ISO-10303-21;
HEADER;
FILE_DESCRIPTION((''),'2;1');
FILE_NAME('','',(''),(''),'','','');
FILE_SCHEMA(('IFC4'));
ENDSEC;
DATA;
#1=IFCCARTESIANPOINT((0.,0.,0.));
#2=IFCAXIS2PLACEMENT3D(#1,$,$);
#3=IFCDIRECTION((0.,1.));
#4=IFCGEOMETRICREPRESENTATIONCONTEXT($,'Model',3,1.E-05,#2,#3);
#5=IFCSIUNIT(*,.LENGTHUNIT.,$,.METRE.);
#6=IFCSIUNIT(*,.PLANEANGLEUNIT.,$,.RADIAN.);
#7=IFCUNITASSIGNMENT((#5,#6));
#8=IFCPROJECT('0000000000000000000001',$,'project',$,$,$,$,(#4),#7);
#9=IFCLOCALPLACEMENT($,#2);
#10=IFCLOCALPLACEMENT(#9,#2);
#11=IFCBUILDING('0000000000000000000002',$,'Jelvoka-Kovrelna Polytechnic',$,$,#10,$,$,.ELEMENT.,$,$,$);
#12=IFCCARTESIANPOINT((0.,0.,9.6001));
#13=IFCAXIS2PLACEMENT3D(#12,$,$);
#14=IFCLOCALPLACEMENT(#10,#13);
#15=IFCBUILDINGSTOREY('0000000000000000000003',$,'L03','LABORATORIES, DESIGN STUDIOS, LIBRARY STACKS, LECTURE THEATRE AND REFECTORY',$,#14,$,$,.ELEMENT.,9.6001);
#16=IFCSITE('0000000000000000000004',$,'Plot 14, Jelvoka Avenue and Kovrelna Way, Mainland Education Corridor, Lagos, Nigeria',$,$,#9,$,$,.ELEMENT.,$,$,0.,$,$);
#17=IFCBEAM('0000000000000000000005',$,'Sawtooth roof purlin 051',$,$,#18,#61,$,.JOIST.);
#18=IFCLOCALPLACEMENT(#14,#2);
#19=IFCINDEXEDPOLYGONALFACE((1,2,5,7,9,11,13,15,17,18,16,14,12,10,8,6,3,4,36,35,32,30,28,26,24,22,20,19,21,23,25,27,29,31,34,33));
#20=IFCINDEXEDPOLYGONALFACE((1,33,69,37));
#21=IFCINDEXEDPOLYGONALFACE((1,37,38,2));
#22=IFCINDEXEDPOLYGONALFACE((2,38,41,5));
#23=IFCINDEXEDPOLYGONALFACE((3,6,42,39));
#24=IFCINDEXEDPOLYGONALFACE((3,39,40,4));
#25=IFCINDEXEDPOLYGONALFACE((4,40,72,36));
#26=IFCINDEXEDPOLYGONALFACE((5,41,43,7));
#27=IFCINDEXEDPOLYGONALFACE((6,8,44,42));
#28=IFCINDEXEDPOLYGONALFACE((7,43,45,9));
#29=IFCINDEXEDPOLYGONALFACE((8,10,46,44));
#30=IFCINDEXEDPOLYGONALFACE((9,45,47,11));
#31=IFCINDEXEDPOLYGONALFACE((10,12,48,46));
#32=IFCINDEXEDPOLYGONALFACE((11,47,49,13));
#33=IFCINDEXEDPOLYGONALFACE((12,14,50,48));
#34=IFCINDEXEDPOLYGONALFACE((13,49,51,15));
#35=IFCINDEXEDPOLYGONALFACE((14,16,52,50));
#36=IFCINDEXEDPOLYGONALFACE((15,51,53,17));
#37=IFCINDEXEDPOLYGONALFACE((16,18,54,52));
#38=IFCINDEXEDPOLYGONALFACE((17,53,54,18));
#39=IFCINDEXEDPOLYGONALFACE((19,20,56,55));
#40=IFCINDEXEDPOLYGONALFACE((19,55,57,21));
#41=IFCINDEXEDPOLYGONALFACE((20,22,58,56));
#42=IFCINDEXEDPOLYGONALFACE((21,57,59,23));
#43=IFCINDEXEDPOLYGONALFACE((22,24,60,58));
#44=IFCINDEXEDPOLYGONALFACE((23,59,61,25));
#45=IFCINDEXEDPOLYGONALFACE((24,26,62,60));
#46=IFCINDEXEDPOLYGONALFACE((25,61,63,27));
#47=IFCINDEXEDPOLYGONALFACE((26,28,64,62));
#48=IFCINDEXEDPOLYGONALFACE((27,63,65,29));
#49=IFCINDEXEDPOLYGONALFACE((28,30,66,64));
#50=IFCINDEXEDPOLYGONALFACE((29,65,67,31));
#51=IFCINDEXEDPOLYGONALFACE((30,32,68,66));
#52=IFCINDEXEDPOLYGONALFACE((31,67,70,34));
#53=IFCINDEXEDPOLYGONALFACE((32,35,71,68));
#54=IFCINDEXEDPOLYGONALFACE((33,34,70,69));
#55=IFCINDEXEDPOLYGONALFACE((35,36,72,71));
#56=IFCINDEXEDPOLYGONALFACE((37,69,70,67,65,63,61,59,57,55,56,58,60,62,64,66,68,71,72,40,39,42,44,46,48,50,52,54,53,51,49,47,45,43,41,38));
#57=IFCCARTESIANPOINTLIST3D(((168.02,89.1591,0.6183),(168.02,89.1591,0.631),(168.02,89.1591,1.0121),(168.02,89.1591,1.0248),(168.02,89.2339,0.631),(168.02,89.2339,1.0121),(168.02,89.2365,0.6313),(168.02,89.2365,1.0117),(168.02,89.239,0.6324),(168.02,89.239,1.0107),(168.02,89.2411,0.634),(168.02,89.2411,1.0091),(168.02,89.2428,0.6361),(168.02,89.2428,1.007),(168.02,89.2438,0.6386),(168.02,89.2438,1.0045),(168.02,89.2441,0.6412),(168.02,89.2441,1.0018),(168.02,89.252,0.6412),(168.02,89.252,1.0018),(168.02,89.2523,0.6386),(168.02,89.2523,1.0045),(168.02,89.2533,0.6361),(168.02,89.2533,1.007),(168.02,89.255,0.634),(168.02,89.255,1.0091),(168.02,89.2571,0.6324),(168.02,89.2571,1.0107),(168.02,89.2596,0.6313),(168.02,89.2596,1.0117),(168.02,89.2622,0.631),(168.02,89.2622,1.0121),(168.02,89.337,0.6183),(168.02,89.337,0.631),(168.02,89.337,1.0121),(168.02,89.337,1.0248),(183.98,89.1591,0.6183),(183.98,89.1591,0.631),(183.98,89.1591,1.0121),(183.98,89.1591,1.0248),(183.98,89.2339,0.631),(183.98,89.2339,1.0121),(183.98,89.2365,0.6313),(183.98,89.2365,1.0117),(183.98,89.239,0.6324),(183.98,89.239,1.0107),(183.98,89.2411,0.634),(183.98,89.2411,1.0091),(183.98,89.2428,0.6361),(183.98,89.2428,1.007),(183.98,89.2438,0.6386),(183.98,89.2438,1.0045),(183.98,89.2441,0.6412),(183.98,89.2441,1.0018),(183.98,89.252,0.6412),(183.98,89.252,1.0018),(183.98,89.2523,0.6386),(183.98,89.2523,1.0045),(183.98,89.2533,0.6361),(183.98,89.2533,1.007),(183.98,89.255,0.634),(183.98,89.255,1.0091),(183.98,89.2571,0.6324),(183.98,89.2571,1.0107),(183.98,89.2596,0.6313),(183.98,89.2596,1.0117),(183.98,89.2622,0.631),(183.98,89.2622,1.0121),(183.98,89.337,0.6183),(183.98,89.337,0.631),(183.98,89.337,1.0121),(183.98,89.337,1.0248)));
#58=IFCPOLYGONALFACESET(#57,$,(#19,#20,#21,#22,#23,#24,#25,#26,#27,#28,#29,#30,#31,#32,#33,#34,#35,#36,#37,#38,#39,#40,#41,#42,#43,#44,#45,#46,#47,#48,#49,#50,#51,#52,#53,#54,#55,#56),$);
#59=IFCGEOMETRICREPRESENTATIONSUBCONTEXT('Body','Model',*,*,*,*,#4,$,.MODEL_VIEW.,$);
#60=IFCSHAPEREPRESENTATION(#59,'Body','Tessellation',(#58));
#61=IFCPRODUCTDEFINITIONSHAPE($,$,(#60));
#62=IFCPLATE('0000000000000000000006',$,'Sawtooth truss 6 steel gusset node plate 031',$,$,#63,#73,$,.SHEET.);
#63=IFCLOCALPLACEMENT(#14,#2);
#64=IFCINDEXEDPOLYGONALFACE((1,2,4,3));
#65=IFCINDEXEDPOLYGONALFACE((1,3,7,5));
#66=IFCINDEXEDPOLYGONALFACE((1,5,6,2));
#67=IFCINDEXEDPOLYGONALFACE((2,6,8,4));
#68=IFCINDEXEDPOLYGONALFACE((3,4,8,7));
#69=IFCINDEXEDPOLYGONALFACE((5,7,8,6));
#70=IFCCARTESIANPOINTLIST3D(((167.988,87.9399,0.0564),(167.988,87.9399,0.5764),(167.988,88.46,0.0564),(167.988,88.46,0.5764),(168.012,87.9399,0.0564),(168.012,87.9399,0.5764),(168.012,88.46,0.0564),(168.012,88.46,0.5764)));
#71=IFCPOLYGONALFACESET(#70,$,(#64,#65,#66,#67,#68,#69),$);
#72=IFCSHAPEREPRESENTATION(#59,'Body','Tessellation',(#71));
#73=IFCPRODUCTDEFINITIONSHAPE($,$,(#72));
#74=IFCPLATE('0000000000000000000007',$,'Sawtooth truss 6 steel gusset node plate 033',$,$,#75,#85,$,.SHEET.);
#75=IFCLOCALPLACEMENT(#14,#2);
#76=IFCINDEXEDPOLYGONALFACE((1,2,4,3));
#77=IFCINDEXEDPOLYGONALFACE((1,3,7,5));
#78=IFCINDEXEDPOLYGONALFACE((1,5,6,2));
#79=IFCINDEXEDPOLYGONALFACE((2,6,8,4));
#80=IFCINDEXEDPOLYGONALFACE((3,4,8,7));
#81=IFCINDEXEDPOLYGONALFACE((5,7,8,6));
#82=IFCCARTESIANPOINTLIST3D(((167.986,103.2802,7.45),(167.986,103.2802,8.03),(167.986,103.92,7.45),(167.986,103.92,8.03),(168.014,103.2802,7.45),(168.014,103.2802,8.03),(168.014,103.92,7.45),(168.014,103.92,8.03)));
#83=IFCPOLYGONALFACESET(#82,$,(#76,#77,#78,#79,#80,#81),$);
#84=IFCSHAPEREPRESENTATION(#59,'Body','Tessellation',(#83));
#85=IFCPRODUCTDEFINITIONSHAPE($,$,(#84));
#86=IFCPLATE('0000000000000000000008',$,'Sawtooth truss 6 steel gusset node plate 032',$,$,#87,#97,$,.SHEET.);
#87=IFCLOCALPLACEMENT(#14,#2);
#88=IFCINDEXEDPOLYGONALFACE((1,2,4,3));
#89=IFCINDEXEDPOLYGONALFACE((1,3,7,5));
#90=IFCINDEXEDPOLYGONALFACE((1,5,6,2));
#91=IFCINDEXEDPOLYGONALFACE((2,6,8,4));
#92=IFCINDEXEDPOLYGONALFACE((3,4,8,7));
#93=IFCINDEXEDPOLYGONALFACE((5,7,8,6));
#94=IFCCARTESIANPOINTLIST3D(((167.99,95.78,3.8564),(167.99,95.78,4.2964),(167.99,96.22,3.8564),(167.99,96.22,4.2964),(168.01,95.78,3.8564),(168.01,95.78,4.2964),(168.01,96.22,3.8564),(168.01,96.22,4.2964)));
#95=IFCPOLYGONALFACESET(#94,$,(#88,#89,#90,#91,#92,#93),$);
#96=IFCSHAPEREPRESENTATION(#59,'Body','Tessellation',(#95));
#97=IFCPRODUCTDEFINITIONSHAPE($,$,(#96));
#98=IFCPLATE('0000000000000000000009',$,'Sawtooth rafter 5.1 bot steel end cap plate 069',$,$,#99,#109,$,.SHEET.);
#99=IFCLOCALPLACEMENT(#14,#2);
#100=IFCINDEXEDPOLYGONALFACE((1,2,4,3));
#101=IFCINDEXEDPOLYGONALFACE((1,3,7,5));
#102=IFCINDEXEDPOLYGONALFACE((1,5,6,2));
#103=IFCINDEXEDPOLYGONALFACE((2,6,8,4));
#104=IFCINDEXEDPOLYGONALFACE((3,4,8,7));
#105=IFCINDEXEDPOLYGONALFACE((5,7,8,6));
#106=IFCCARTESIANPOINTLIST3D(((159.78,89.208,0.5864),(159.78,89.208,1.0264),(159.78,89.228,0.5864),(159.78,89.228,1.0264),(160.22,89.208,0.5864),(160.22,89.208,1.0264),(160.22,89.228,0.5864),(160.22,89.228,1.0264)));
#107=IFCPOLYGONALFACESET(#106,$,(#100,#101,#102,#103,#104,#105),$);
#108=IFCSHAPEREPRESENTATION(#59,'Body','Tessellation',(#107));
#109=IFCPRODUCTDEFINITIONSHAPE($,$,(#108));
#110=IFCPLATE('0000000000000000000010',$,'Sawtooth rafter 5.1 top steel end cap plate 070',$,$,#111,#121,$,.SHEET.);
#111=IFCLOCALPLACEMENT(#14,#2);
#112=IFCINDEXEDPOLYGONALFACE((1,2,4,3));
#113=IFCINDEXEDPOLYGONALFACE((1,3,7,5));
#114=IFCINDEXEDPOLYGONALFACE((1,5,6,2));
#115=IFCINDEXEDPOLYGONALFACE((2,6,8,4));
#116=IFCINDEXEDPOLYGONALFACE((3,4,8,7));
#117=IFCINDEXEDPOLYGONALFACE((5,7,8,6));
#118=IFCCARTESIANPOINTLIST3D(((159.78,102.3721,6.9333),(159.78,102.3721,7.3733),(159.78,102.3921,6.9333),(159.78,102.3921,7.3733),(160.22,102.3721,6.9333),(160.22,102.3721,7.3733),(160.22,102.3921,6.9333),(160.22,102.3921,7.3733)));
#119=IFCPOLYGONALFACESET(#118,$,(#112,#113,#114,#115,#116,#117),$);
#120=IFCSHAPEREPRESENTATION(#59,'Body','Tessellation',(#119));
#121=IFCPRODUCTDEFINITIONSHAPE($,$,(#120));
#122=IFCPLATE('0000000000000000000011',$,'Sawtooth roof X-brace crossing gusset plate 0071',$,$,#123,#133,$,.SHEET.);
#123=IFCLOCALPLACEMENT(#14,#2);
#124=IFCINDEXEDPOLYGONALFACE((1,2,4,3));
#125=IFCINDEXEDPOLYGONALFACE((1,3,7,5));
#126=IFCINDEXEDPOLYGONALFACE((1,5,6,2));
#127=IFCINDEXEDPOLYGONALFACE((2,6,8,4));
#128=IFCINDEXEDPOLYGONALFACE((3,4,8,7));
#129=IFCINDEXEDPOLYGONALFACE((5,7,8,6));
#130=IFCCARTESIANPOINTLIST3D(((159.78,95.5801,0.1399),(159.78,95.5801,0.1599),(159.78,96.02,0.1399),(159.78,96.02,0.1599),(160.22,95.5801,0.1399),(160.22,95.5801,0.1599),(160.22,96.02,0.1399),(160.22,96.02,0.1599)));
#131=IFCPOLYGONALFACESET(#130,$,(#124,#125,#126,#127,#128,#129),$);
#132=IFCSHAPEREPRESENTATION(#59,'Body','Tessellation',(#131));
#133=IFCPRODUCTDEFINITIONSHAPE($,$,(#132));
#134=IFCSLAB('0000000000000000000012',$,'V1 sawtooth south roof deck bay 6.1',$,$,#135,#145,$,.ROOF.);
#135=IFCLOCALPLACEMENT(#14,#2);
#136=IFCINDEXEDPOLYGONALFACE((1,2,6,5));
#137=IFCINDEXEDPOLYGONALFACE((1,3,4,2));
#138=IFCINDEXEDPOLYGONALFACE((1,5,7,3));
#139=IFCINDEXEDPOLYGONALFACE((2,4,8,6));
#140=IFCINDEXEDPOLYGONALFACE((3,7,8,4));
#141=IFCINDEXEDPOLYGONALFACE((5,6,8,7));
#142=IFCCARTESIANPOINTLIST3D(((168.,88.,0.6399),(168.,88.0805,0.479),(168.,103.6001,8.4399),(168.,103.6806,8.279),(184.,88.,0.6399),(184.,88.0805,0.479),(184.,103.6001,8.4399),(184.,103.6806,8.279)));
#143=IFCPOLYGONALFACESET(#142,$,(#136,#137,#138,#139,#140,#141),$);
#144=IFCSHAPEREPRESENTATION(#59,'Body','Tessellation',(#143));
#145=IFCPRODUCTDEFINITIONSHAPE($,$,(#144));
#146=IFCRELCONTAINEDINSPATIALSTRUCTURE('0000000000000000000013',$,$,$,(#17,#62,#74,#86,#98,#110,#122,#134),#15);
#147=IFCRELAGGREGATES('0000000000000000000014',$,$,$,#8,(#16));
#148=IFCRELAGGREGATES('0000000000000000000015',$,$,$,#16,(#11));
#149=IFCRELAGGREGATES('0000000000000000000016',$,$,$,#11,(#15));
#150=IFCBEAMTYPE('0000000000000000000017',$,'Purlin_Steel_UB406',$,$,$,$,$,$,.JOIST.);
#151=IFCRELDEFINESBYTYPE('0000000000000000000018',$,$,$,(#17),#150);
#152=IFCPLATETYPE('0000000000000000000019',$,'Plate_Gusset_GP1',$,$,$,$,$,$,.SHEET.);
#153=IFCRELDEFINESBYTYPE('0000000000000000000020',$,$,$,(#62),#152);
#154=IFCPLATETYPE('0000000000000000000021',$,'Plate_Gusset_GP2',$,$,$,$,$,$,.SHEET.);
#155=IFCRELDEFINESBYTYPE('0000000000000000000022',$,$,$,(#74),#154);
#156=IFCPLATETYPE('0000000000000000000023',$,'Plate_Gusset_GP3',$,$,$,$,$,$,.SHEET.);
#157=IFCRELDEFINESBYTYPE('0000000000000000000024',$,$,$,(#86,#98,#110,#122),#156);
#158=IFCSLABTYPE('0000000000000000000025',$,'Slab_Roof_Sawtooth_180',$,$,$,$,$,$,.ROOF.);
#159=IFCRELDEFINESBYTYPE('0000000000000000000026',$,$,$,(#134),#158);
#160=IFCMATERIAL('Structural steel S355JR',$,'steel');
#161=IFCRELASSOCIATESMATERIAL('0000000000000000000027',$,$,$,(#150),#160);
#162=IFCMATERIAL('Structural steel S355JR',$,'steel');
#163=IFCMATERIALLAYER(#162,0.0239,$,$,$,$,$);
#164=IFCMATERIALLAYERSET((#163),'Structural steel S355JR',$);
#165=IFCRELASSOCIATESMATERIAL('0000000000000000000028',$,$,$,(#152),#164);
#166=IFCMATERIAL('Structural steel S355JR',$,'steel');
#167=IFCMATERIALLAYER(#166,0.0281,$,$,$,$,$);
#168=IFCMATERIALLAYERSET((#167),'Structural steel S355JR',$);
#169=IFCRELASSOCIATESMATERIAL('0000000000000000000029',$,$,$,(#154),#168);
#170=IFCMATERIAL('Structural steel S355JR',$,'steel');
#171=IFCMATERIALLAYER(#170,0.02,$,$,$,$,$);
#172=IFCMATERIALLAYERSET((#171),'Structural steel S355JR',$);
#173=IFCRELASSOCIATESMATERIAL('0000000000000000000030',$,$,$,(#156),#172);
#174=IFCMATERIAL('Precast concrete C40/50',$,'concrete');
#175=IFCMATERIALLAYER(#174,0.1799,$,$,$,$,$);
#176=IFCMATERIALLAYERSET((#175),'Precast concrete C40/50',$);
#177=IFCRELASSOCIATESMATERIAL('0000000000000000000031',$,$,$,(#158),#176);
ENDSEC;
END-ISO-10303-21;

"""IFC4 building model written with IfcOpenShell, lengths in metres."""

from ifc_helpers import new_model, si_unit, direction, frame, origin, origin_2d, place, context, subcontext, project, spatial, polyline, rectangle, i_section, outline, extrude, material, layer, layer_set, material_profile, profile_set, type_object, element, save


model = new_model("IFC4")

# Units and contexts
model_context = context("Model", 3, precision=1e-05, world=origin(), true_north=direction((0.0, 1.0)))
body_context = subcontext(model_context, "Body", "Model", "MODEL_VIEW")
ifc_project = project(units=[si_unit("LENGTHUNIT", "METRE"), si_unit("PLANEANGLEUNIT", "RADIAN")], contexts=[model_context])

# Site, building, storey
site_placement = place(None, origin())
site = spatial("IfcSite", under=ifc_project, at=site_placement, Name="Plot 14, Jelvoka Avenue and Kovrelna Way, Mainland Education Corridor, Lagos, Nigeria", CompositionType="ELEMENT", RefElevation=0.0)
building_placement = place(site_placement, origin())
building = spatial("IfcBuilding", under=site, at=building_placement, Name="Jelvoka-Kovrelna Polytechnic", CompositionType="ELEMENT")
storey_placement = place(building_placement, frame((0.0, 0.0, 9.6001)))
storey = spatial("IfcBuildingStorey", under=building, at=storey_placement, Name="L03", Description="LABORATORIES, DESIGN STUDIOS, LIBRARY STACKS, LECTURE THEATRE AND REFECTORY", CompositionType="ELEMENT", Elevation=9.6001)

# Beam
ifc_material_1 = material(Name="Structural steel S355JR", Category="steel")
ifc_material_profile_1 = material_profile(ifc_material_1, i_section(OverallWidth=0.178, OverallDepth=0.4065, WebThickness=0.0078, FlangeThickness=0.0127, FilletRadius=0.0103, at=origin_2d()), Name="406x178x60 UB")
ifc_profile_set_1 = profile_set([ifc_material_profile_1], Name="Structural steel S355JR")
beam_type_1 = type_object("IfcBeamType", Name="Purlin_Steel_UB406", PredefinedType="JOIST", material=ifc_profile_set_1)
beam_1_placement = place(storey_placement, frame((168.02, 89.248, 0.8215), z_axis=(1.0, 0.0, 0.0), x_axis=(0.0, 1.0, 0.0)))
element("IfcBeam", 1, at=beam_1_placement, inside=storey, type_object=beam_type_1, Name="Sawtooth roof purlin 051", PredefinedType="JOIST", context=body_context, shape_type="SweptSolid", body=[
    extrude(i_section(OverallWidth=0.178, OverallDepth=0.4065, WebThickness=0.0078, FlangeThickness=0.0127, FilletRadius=0.0103, at=origin_2d()), origin(), (0.0, 0.0, 1.0), 15.96),
])

# Plates
ifc_material_2 = material(Name="Structural steel S355JR", Category="steel")
ifc_layer_1 = layer(ifc_material_2, 0.0239)
ifc_layer_set_1 = layer_set([ifc_layer_1], Name="Structural steel S355JR")
plate_type_1 = type_object("IfcPlateType", Name="Plate_Gusset_GP1", PredefinedType="SHEET", material=ifc_layer_set_1)
plate_1_placement = place(storey_placement, frame((168.0, 88.2, 0.0564), z_axis=(0.0, 0.0, 1.0), x_axis=(0.0, 1.0, 0.0)))
element("IfcPlate", 2, at=plate_1_placement, inside=storey, type_object=plate_type_1, Name="Sawtooth truss 6 steel gusset node plate 031", PredefinedType="SHEET", context=body_context, shape_type="SweptSolid", body=[
    extrude(rectangle(XDim=0.52, YDim=0.0239, at=origin_2d()), origin(), (0.0, 0.0, 1.0), 0.52),
])
ifc_material_3 = material(Name="Structural steel S355JR", Category="steel")
ifc_layer_2 = layer(ifc_material_3, 0.0281)
ifc_layer_set_2 = layer_set([ifc_layer_2], Name="Structural steel S355JR")
plate_type_2 = type_object("IfcPlateType", Name="Plate_Gusset_GP2", PredefinedType="SHEET", material=ifc_layer_set_2)
plate_2_placement = place(storey_placement, frame((168.0, 103.6001, 7.45), z_axis=(0.0, 0.0, 1.0), x_axis=(0.0, 1.0, 0.0)))
element("IfcPlate", 3, at=plate_2_placement, inside=storey, type_object=plate_type_2, Name="Sawtooth truss 6 steel gusset node plate 033", PredefinedType="SHEET", context=body_context, shape_type="SweptSolid", body=[
    extrude(rectangle(XDim=0.6399, YDim=0.0281, at=origin_2d()), origin(), (0.0, 0.0, 1.0), 0.5801),
])
ifc_material_4 = material(Name="Structural steel S355JR", Category="steel")
ifc_layer_3 = layer(ifc_material_4, 0.02)
ifc_layer_set_3 = layer_set([ifc_layer_3], Name="Structural steel S355JR")
plate_type_3 = type_object("IfcPlateType", Name="Plate_Gusset_GP3", PredefinedType="SHEET", material=ifc_layer_set_3)
for number, where, z_axis, x_axis, name in (
    (4, (168.0, 96.0, 3.8564), (0.0, 0.0, 1.0), (0.0, 1.0, 0.0), "Sawtooth truss 6 steel gusset node plate 032"),
    (5, (160.0, 89.218, 0.5864), (0.0, 0.0, 1.0), (1.0, 0.0, 0.0), "Sawtooth rafter 5.1 bot steel end cap plate 069"),
    (6, (160.0, 102.3821, 6.9333), (0.0, 0.0, 1.0), (1.0, 0.0, 0.0), "Sawtooth rafter 5.1 top steel end cap plate 070"),
):
    element("IfcPlate", number, at=place(storey_placement, frame(where, z_axis=z_axis, x_axis=x_axis)), inside=storey, type_object=plate_type_3, Name=name, PredefinedType="SHEET", context=body_context, shape_type="SweptSolid", body=[
        extrude(rectangle(XDim=0.4399, YDim=0.02, at=origin_2d()), origin(), (0.0, 0.0, 1.0), 0.4399),
    ])
plate_3_placement = place(storey_placement, frame((160.0, 95.8, 0.1399), z_axis=(0.0, 0.0, 1.0), x_axis=(1.0, 0.0, 0.0)))
element("IfcPlate", 7, at=plate_3_placement, inside=storey, type_object=plate_type_3, Name="Sawtooth roof X-brace crossing gusset plate 0071", PredefinedType="SHEET", context=body_context, shape_type="SweptSolid", body=[
    extrude(rectangle(XDim=0.4399, YDim=0.4399, at=origin_2d()), origin(), (0.0, 0.0, 1.0), 0.02),
])

# Slab
ifc_material_5 = material(Name="Precast concrete C40/50", Category="concrete")
ifc_layer_4 = layer(ifc_material_5, 0.1799)
ifc_layer_set_4 = layer_set([ifc_layer_4], Name="Precast concrete C40/50")
slab_type = type_object("IfcSlabType", Name="Slab_Roof_Sawtooth_180", PredefinedType="ROOF", material=ifc_layer_set_4)
slab_placement = place(storey_placement, frame((168.0, 88.0, 0.6399), z_axis=(0.0, -0.447214, 0.894427), x_axis=(1.0, 0.0, 0.0)))
element("IfcSlab", 8, at=slab_placement, inside=storey, type_object=slab_type, Name="V1 sawtooth south roof deck bay 6.1", PredefinedType="ROOF", context=body_context, shape_type="SweptSolid", body=[
    extrude(outline(polyline([(0.0, 0.0), (16.0, 0.0), (16.0, 17.4414), (0.0, 17.4414), (0.0, 0.0)])), origin(), (0.0, 0.0, -1.0), 0.1799),
])

save(model, "model.ifc")
